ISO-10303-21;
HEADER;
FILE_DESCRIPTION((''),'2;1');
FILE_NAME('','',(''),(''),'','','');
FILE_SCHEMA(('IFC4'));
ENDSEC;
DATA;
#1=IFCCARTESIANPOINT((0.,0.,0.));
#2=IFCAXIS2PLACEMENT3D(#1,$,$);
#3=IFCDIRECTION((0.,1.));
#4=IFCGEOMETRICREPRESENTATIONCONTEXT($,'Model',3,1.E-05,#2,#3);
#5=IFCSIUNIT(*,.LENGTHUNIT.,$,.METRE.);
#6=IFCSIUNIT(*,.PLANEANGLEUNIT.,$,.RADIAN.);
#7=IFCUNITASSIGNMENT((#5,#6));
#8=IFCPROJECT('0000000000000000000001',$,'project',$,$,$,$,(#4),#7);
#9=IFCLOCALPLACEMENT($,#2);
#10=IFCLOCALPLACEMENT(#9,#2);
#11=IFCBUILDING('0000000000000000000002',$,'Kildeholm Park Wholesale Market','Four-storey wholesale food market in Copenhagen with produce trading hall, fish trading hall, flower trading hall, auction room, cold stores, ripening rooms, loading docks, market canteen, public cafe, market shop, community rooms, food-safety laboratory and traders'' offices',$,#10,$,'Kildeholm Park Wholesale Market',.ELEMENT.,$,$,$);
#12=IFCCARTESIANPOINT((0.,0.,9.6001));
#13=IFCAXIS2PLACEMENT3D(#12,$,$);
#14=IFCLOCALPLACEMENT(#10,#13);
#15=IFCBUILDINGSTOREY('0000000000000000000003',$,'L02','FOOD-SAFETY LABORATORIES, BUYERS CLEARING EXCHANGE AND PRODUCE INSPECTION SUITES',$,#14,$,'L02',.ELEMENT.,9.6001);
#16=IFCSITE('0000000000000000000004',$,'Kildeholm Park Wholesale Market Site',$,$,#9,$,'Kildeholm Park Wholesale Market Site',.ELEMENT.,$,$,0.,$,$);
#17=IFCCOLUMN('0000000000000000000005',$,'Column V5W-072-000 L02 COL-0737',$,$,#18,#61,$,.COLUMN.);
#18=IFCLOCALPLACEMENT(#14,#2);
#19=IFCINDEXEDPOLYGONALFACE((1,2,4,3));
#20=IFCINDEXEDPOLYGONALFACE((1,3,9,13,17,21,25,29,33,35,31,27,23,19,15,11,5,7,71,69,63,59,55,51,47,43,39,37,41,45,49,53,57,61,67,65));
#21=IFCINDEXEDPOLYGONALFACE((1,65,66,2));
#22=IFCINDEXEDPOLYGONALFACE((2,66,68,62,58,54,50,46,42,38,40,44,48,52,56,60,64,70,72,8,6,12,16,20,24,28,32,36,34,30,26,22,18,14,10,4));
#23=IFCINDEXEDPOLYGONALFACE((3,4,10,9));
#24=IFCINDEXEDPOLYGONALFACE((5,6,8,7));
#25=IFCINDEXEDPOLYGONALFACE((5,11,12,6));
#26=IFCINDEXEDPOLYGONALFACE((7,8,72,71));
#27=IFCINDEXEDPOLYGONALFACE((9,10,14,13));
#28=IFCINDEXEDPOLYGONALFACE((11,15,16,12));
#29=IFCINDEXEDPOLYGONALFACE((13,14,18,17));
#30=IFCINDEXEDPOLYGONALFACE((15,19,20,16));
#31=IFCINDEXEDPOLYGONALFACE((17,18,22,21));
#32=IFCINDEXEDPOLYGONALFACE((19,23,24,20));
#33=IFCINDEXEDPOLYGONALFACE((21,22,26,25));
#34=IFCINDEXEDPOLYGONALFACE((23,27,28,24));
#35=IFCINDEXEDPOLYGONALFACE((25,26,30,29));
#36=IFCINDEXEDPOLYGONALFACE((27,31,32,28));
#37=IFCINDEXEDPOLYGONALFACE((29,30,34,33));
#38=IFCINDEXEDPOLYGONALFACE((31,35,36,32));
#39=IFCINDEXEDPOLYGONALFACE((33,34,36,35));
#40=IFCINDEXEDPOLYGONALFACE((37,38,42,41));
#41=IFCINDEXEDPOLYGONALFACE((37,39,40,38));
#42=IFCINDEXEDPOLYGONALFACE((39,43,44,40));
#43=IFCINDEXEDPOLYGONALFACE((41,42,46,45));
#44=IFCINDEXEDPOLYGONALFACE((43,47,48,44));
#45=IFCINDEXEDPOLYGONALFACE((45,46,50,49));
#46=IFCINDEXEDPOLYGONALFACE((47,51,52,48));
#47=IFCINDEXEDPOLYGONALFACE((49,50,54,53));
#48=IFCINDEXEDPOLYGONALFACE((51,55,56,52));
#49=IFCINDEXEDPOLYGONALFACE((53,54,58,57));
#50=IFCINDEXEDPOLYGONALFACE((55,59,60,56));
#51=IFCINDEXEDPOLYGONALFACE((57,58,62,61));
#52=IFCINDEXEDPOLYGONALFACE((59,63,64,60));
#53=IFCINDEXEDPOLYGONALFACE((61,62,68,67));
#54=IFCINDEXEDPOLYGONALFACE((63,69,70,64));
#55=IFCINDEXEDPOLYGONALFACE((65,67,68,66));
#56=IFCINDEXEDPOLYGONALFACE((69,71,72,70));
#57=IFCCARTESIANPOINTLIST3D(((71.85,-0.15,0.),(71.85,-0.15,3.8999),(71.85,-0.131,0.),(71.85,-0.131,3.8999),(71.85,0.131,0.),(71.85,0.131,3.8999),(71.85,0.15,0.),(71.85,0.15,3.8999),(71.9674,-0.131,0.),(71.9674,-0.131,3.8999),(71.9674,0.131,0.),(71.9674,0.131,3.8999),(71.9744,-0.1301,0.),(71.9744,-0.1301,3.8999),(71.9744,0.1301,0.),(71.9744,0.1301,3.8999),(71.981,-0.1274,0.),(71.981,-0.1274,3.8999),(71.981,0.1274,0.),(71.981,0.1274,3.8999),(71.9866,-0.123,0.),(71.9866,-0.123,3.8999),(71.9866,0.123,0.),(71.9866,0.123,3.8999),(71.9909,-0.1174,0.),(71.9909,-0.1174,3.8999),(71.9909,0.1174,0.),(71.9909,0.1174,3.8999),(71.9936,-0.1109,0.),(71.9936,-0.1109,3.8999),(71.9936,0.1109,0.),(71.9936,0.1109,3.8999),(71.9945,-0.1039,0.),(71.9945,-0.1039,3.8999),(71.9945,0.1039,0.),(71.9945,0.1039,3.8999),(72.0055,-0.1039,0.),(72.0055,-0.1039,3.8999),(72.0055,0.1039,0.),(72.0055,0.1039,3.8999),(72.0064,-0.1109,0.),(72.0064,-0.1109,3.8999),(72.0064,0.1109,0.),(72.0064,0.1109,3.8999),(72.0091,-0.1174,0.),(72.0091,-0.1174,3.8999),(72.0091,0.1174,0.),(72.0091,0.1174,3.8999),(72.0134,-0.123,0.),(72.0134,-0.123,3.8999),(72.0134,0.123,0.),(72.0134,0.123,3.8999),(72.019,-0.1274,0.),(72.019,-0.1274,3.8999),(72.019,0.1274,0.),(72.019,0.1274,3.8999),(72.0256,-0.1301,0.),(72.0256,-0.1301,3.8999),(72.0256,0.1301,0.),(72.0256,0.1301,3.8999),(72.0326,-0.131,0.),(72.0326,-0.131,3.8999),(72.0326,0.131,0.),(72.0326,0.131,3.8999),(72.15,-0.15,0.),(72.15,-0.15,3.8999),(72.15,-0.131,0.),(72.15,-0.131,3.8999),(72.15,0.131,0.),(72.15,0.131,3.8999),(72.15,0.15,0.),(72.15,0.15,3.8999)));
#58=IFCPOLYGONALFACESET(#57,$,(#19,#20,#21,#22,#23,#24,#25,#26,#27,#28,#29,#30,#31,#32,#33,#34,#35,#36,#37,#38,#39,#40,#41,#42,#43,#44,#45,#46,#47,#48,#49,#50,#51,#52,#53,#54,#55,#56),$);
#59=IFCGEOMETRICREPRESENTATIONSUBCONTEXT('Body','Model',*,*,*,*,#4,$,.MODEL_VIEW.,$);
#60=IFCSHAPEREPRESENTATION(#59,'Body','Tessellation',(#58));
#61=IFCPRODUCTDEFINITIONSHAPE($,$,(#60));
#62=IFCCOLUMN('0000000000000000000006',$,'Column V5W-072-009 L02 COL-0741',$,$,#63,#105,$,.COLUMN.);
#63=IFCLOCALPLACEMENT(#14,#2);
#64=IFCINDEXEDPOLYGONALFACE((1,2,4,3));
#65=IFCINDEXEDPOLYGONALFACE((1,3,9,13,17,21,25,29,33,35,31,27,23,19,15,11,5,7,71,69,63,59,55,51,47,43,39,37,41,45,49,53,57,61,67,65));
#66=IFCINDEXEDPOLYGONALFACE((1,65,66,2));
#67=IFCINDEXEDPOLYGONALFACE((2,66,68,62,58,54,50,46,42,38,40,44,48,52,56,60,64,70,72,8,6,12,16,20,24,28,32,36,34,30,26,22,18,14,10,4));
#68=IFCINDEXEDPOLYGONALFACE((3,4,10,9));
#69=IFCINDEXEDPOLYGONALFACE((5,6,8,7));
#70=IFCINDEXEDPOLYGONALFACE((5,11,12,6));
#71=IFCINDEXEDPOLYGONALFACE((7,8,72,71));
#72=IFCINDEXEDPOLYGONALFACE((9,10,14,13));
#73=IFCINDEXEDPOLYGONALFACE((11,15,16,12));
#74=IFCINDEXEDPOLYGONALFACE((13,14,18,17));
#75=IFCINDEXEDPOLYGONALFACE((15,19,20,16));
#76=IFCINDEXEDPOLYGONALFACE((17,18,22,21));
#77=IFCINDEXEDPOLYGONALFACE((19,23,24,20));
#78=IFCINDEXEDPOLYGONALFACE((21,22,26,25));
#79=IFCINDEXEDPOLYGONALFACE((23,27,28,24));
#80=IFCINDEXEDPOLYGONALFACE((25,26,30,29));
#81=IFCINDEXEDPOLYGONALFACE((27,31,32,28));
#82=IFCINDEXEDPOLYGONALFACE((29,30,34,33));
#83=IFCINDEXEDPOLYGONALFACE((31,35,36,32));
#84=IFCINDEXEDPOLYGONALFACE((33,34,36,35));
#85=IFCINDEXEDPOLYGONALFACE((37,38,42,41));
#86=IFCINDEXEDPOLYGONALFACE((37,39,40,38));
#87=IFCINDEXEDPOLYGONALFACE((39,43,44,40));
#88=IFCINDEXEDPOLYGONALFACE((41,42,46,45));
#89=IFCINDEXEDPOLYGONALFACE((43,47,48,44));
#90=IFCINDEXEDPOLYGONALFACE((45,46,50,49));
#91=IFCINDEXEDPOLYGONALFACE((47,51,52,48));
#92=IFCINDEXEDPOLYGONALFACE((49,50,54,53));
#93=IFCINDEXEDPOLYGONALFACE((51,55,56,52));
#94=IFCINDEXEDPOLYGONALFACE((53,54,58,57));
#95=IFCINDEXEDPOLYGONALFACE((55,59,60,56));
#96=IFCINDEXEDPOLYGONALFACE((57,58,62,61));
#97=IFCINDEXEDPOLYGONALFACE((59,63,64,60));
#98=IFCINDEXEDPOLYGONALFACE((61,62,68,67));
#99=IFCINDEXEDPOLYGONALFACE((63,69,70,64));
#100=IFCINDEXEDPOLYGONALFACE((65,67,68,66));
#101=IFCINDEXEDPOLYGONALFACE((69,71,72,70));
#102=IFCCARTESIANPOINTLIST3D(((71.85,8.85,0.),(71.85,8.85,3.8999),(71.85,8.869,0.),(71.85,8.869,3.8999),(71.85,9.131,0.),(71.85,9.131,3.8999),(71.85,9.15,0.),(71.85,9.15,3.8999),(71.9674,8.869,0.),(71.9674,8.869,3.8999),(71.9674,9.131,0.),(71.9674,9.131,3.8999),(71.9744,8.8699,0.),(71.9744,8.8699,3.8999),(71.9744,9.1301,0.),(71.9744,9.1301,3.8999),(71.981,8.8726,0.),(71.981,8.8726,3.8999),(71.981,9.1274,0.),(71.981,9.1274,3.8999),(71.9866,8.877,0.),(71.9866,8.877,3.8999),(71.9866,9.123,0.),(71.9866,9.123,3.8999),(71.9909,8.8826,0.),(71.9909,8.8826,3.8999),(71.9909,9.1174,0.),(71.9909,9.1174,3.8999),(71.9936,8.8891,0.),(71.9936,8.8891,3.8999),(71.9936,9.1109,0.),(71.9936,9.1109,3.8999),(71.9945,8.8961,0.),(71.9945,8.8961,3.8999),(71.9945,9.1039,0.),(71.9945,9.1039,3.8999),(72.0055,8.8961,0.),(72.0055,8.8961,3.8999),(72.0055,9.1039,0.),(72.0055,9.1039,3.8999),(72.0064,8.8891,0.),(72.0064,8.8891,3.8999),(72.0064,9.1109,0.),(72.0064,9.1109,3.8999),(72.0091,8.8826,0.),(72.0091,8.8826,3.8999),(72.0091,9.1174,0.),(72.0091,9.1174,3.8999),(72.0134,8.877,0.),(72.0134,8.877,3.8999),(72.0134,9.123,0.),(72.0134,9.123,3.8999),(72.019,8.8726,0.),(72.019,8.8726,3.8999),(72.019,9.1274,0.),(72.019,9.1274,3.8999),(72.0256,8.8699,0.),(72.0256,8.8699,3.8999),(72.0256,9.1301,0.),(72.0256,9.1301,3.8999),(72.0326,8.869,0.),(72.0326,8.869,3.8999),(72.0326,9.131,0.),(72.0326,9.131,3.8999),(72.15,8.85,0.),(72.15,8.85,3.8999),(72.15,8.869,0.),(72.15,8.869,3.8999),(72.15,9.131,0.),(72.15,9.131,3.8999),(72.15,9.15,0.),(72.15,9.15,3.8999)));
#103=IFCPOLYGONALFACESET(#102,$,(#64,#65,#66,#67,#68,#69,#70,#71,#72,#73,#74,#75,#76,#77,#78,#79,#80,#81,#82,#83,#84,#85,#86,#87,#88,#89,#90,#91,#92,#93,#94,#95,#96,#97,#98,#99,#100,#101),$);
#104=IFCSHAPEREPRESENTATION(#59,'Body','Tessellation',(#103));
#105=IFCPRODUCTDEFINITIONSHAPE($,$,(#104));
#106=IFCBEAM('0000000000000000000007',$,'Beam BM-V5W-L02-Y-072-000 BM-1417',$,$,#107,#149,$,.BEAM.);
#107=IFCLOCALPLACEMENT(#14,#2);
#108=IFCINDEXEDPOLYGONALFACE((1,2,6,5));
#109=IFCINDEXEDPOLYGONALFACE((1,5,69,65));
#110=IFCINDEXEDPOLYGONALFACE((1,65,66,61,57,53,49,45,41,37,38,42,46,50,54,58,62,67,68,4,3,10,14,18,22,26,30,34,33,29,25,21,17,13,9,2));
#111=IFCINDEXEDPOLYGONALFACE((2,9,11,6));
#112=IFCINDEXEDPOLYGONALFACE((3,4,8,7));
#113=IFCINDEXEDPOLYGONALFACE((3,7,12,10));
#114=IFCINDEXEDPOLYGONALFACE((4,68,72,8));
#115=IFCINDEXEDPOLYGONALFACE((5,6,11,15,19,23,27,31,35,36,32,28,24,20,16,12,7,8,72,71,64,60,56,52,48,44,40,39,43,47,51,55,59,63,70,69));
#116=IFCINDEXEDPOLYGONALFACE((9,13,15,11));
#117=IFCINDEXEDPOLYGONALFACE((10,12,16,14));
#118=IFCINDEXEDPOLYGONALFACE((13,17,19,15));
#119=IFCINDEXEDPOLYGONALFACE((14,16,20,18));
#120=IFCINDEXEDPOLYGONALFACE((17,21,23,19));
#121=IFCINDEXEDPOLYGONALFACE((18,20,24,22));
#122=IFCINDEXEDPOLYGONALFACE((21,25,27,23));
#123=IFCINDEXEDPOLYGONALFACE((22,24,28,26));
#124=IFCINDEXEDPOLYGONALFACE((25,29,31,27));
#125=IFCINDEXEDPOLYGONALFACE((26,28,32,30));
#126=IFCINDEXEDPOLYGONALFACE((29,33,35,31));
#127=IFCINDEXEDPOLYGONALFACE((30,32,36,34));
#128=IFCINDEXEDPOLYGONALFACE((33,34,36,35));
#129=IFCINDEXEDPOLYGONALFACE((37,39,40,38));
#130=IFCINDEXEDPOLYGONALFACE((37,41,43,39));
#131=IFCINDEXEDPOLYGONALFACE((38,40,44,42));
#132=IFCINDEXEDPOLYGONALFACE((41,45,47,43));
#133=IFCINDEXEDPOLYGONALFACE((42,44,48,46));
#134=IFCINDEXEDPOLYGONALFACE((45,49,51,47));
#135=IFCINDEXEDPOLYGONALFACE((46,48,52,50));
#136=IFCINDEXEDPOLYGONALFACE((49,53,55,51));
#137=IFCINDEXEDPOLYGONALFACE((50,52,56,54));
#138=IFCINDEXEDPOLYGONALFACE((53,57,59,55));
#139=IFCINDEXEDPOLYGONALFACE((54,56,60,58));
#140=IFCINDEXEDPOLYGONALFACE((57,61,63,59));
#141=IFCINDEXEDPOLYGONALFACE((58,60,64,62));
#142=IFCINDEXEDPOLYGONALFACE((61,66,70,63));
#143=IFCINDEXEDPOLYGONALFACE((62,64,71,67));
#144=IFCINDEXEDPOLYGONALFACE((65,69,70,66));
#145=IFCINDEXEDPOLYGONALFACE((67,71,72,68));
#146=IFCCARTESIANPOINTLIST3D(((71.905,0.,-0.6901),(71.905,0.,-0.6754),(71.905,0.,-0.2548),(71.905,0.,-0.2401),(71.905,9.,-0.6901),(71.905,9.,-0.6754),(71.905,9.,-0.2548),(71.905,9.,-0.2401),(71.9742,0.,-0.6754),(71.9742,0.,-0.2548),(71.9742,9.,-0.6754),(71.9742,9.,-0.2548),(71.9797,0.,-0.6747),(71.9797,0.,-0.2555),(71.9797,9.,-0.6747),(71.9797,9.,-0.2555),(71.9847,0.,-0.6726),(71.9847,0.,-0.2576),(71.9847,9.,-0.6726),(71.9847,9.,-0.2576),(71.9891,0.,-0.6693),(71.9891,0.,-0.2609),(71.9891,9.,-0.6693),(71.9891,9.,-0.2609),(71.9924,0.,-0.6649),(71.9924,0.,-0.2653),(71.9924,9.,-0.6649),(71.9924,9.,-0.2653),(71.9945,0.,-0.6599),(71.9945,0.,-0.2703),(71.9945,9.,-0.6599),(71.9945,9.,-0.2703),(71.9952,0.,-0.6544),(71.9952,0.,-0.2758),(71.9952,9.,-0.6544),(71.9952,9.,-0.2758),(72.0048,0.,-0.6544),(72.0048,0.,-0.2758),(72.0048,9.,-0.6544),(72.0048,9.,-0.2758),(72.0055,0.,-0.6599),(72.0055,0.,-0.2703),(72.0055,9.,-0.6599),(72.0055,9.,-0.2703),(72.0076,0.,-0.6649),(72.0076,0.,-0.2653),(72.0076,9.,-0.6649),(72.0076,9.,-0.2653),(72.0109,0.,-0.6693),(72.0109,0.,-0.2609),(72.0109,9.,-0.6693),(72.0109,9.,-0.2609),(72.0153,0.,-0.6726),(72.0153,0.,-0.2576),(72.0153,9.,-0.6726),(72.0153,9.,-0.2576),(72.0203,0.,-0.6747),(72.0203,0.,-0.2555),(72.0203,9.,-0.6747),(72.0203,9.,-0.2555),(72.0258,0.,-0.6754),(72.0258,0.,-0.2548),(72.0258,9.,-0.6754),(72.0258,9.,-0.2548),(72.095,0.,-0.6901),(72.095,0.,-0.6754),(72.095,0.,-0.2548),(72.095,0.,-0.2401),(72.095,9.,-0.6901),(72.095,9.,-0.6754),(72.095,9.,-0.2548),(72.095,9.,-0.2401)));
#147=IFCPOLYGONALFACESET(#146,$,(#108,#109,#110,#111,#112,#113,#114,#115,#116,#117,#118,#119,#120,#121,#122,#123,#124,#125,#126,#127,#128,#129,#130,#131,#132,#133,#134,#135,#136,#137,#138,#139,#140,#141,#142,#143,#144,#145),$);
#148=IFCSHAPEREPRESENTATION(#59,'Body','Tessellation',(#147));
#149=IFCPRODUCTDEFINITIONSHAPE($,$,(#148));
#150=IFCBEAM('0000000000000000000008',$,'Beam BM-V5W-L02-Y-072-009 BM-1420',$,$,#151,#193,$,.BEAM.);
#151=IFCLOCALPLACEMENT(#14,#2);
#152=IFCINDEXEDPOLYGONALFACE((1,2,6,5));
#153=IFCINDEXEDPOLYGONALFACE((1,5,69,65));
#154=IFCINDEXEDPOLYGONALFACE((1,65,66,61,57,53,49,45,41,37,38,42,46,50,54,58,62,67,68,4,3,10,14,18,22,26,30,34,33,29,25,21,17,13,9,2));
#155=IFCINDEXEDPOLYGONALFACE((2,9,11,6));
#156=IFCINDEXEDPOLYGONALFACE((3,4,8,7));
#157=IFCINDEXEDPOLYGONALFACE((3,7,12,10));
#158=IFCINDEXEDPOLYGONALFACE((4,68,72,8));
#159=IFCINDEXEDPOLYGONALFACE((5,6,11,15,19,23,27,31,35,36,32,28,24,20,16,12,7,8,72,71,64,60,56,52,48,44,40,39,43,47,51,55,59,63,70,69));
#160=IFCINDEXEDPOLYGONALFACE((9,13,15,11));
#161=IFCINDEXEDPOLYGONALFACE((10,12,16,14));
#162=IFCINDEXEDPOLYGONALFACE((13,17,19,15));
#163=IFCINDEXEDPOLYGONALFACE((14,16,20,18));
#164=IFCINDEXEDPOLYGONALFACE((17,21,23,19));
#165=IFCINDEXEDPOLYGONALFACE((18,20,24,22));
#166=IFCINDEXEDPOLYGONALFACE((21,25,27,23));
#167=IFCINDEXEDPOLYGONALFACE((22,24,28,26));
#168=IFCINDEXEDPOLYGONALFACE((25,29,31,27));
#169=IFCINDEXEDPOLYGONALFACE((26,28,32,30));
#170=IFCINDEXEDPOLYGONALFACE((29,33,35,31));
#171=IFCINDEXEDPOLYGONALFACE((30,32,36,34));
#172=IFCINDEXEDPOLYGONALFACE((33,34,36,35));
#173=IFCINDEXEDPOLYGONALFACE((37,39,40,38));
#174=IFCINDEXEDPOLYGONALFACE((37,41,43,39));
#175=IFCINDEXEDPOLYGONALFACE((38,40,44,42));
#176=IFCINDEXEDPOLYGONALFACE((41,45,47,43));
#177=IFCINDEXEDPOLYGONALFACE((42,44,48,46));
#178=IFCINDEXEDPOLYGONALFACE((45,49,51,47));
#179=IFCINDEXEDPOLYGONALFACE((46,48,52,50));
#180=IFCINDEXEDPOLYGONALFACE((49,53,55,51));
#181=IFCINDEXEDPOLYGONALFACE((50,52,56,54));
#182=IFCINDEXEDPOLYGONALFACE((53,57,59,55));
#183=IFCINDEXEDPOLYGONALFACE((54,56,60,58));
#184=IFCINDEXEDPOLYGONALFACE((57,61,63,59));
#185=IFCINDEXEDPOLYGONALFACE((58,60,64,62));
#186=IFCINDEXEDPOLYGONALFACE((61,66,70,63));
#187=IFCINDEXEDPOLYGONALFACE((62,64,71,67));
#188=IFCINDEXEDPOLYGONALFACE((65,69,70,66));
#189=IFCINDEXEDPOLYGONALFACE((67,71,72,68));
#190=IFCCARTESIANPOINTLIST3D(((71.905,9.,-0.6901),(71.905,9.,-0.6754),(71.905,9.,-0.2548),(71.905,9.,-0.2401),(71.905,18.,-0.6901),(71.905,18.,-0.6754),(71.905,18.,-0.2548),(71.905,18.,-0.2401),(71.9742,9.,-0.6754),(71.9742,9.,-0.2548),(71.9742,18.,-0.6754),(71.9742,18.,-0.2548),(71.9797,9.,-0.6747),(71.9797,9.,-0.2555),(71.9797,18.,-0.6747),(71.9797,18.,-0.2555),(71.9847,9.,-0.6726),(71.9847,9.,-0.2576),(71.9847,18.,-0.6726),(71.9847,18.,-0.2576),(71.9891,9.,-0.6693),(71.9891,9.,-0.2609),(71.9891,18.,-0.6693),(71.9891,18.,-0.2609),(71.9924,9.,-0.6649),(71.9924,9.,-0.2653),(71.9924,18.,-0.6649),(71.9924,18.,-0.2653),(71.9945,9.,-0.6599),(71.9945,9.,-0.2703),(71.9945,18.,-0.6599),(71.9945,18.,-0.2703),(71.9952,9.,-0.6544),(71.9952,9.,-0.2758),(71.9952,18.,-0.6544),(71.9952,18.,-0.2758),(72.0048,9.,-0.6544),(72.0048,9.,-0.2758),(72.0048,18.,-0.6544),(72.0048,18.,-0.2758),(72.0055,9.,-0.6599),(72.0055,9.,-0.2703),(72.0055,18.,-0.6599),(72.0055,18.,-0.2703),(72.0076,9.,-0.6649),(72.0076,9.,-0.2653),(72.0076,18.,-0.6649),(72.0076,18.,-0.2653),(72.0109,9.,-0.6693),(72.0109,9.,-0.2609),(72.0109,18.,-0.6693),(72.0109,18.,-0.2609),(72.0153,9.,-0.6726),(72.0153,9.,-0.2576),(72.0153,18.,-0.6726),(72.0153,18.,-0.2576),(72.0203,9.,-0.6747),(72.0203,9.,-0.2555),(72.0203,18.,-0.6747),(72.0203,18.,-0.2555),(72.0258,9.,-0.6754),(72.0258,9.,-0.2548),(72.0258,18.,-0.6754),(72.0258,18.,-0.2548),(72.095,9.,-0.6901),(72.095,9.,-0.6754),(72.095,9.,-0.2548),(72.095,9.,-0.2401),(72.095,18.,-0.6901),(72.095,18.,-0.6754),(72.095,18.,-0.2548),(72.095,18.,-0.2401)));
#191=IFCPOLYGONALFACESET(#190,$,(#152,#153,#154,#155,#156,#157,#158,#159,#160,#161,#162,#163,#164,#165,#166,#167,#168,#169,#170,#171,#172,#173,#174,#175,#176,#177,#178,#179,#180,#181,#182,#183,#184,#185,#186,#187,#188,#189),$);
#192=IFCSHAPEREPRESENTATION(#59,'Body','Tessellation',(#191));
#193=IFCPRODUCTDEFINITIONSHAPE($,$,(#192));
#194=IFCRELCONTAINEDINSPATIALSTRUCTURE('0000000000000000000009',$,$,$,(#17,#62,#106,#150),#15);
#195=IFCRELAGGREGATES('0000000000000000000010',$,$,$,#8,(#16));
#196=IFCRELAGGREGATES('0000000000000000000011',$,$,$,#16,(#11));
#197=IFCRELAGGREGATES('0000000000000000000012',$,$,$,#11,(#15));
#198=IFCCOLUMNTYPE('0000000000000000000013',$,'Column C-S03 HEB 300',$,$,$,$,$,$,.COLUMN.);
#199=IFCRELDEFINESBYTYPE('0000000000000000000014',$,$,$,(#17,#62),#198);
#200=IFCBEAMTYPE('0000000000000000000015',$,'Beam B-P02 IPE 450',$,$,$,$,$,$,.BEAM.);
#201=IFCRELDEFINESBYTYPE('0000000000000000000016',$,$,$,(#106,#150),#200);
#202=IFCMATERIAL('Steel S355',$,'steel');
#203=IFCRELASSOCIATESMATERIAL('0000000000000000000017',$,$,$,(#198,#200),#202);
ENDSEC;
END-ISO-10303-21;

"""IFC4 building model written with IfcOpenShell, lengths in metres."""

from ifc_helpers import new_model, si_unit, direction, frame, origin, origin_2d, place, context, subcontext, project, spatial, i_section, extrude, material, material_profile, profile_set, type_object, element, save


model = new_model("IFC4")

# Units and contexts
model_context = context("Model", 3, precision=1e-05, world=origin(), true_north=direction((0.0, 1.0)))
body_context = subcontext(model_context, "Body", "Model", "MODEL_VIEW")
ifc_project = project(units=[si_unit("LENGTHUNIT", "METRE"), si_unit("PLANEANGLEUNIT", "RADIAN")], contexts=[model_context])

# Site, building, storey
site_placement = place(None, origin())
site = spatial("IfcSite", under=ifc_project, at=site_placement, Name="Kildeholm Park Wholesale Market Site", LongName="Kildeholm Park Wholesale Market Site", CompositionType="ELEMENT", RefElevation=0.0)
building_placement = place(site_placement, origin())
building = spatial("IfcBuilding", under=site, at=building_placement, Name="Kildeholm Park Wholesale Market", Description="Four-storey wholesale food market in Copenhagen with produce trading hall, fish trading hall, flower trading hall, auction room, cold stores, ripening rooms, loading docks, market canteen, public cafe, market shop, community rooms, food-safety laboratory and traders' offices", LongName="Kildeholm Park Wholesale Market", CompositionType="ELEMENT")
storey_placement = place(building_placement, frame((0.0, 0.0, 9.6001)))
storey = spatial("IfcBuildingStorey", under=building, at=storey_placement, Name="L02", Description="FOOD-SAFETY LABORATORIES, BUYERS CLEARING EXCHANGE AND PRODUCE INSPECTION SUITES", LongName="L02", CompositionType="ELEMENT", Elevation=9.6001)

# Columns
ifc_material_1 = material(Name="Steel S355", Category="steel")
ifc_material_profile_1 = material_profile(ifc_material_1, i_section(OverallWidth=0.3, OverallDepth=0.3, WebThickness=0.011, FlangeThickness=0.019, FilletRadius=0.0271, at=origin_2d()), Name="HEB 300")
ifc_profile_set_1 = profile_set([ifc_material_profile_1], Name="Steel S355")
column_type = type_object("IfcColumnType", Name="Column C-S03 HEB 300", PredefinedType="COLUMN", material=ifc_profile_set_1)
for number, where, z_axis, x_axis, name in (
    (1, (72.0, 0.0, 0.0), (0.0, 0.0, 1.0), (1.0, 0.0, 0.0), "Column V5W-072-000 L02 COL-0737"),
    (2, (72.0, 9.0, 0.0), (0.0, 0.0, 1.0), (1.0, 0.0, 0.0), "Column V5W-072-009 L02 COL-0741"),
):
    element("IfcColumn", number, at=place(storey_placement, frame(where, z_axis=z_axis, x_axis=x_axis)), inside=storey, type_object=column_type, Name=name, PredefinedType="COLUMN", context=body_context, shape_type="SweptSolid", body=[
        extrude(i_section(OverallWidth=0.3, OverallDepth=0.3, WebThickness=0.011, FlangeThickness=0.019, FilletRadius=0.0271, at=origin_2d()), origin(), (0.0, 0.0, 1.0), 3.8999),
    ])

# Beams
ifc_material_profile_2 = material_profile(ifc_material_1, i_section(OverallWidth=0.1899, OverallDepth=0.45, WebThickness=0.0095, FlangeThickness=0.0146, FilletRadius=0.021, at=origin_2d()), Name="IPE 450")
ifc_profile_set_2 = profile_set([ifc_material_profile_2], Name="Steel S355")
beam_type_1 = type_object("IfcBeamType", Name="Beam B-P02 IPE 450", PredefinedType="BEAM", material=ifc_profile_set_2)
for number, where, z_axis, x_axis, name in (
    (3, (72.0, 0.0, -0.4651), (0.0, 1.0, 0.0), (-1.0, 0.0, 0.0), "Beam BM-V5W-L02-Y-072-000 BM-1417"),
    (4, (72.0, 9.0, -0.4651), (0.0, 1.0, 0.0), (-1.0, 0.0, 0.0), "Beam BM-V5W-L02-Y-072-009 BM-1420"),
):
    element("IfcBeam", number, at=place(storey_placement, frame(where, z_axis=z_axis, x_axis=x_axis)), inside=storey, type_object=beam_type_1, Name=name, PredefinedType="BEAM", context=body_context, shape_type="SweptSolid", body=[
        extrude(i_section(OverallWidth=0.1899, OverallDepth=0.45, WebThickness=0.0095, FlangeThickness=0.0146, FilletRadius=0.021, at=origin_2d()), origin(), (0.0, 0.0, 1.0), 9.0),
    ])

save(model, "model.ifc")
